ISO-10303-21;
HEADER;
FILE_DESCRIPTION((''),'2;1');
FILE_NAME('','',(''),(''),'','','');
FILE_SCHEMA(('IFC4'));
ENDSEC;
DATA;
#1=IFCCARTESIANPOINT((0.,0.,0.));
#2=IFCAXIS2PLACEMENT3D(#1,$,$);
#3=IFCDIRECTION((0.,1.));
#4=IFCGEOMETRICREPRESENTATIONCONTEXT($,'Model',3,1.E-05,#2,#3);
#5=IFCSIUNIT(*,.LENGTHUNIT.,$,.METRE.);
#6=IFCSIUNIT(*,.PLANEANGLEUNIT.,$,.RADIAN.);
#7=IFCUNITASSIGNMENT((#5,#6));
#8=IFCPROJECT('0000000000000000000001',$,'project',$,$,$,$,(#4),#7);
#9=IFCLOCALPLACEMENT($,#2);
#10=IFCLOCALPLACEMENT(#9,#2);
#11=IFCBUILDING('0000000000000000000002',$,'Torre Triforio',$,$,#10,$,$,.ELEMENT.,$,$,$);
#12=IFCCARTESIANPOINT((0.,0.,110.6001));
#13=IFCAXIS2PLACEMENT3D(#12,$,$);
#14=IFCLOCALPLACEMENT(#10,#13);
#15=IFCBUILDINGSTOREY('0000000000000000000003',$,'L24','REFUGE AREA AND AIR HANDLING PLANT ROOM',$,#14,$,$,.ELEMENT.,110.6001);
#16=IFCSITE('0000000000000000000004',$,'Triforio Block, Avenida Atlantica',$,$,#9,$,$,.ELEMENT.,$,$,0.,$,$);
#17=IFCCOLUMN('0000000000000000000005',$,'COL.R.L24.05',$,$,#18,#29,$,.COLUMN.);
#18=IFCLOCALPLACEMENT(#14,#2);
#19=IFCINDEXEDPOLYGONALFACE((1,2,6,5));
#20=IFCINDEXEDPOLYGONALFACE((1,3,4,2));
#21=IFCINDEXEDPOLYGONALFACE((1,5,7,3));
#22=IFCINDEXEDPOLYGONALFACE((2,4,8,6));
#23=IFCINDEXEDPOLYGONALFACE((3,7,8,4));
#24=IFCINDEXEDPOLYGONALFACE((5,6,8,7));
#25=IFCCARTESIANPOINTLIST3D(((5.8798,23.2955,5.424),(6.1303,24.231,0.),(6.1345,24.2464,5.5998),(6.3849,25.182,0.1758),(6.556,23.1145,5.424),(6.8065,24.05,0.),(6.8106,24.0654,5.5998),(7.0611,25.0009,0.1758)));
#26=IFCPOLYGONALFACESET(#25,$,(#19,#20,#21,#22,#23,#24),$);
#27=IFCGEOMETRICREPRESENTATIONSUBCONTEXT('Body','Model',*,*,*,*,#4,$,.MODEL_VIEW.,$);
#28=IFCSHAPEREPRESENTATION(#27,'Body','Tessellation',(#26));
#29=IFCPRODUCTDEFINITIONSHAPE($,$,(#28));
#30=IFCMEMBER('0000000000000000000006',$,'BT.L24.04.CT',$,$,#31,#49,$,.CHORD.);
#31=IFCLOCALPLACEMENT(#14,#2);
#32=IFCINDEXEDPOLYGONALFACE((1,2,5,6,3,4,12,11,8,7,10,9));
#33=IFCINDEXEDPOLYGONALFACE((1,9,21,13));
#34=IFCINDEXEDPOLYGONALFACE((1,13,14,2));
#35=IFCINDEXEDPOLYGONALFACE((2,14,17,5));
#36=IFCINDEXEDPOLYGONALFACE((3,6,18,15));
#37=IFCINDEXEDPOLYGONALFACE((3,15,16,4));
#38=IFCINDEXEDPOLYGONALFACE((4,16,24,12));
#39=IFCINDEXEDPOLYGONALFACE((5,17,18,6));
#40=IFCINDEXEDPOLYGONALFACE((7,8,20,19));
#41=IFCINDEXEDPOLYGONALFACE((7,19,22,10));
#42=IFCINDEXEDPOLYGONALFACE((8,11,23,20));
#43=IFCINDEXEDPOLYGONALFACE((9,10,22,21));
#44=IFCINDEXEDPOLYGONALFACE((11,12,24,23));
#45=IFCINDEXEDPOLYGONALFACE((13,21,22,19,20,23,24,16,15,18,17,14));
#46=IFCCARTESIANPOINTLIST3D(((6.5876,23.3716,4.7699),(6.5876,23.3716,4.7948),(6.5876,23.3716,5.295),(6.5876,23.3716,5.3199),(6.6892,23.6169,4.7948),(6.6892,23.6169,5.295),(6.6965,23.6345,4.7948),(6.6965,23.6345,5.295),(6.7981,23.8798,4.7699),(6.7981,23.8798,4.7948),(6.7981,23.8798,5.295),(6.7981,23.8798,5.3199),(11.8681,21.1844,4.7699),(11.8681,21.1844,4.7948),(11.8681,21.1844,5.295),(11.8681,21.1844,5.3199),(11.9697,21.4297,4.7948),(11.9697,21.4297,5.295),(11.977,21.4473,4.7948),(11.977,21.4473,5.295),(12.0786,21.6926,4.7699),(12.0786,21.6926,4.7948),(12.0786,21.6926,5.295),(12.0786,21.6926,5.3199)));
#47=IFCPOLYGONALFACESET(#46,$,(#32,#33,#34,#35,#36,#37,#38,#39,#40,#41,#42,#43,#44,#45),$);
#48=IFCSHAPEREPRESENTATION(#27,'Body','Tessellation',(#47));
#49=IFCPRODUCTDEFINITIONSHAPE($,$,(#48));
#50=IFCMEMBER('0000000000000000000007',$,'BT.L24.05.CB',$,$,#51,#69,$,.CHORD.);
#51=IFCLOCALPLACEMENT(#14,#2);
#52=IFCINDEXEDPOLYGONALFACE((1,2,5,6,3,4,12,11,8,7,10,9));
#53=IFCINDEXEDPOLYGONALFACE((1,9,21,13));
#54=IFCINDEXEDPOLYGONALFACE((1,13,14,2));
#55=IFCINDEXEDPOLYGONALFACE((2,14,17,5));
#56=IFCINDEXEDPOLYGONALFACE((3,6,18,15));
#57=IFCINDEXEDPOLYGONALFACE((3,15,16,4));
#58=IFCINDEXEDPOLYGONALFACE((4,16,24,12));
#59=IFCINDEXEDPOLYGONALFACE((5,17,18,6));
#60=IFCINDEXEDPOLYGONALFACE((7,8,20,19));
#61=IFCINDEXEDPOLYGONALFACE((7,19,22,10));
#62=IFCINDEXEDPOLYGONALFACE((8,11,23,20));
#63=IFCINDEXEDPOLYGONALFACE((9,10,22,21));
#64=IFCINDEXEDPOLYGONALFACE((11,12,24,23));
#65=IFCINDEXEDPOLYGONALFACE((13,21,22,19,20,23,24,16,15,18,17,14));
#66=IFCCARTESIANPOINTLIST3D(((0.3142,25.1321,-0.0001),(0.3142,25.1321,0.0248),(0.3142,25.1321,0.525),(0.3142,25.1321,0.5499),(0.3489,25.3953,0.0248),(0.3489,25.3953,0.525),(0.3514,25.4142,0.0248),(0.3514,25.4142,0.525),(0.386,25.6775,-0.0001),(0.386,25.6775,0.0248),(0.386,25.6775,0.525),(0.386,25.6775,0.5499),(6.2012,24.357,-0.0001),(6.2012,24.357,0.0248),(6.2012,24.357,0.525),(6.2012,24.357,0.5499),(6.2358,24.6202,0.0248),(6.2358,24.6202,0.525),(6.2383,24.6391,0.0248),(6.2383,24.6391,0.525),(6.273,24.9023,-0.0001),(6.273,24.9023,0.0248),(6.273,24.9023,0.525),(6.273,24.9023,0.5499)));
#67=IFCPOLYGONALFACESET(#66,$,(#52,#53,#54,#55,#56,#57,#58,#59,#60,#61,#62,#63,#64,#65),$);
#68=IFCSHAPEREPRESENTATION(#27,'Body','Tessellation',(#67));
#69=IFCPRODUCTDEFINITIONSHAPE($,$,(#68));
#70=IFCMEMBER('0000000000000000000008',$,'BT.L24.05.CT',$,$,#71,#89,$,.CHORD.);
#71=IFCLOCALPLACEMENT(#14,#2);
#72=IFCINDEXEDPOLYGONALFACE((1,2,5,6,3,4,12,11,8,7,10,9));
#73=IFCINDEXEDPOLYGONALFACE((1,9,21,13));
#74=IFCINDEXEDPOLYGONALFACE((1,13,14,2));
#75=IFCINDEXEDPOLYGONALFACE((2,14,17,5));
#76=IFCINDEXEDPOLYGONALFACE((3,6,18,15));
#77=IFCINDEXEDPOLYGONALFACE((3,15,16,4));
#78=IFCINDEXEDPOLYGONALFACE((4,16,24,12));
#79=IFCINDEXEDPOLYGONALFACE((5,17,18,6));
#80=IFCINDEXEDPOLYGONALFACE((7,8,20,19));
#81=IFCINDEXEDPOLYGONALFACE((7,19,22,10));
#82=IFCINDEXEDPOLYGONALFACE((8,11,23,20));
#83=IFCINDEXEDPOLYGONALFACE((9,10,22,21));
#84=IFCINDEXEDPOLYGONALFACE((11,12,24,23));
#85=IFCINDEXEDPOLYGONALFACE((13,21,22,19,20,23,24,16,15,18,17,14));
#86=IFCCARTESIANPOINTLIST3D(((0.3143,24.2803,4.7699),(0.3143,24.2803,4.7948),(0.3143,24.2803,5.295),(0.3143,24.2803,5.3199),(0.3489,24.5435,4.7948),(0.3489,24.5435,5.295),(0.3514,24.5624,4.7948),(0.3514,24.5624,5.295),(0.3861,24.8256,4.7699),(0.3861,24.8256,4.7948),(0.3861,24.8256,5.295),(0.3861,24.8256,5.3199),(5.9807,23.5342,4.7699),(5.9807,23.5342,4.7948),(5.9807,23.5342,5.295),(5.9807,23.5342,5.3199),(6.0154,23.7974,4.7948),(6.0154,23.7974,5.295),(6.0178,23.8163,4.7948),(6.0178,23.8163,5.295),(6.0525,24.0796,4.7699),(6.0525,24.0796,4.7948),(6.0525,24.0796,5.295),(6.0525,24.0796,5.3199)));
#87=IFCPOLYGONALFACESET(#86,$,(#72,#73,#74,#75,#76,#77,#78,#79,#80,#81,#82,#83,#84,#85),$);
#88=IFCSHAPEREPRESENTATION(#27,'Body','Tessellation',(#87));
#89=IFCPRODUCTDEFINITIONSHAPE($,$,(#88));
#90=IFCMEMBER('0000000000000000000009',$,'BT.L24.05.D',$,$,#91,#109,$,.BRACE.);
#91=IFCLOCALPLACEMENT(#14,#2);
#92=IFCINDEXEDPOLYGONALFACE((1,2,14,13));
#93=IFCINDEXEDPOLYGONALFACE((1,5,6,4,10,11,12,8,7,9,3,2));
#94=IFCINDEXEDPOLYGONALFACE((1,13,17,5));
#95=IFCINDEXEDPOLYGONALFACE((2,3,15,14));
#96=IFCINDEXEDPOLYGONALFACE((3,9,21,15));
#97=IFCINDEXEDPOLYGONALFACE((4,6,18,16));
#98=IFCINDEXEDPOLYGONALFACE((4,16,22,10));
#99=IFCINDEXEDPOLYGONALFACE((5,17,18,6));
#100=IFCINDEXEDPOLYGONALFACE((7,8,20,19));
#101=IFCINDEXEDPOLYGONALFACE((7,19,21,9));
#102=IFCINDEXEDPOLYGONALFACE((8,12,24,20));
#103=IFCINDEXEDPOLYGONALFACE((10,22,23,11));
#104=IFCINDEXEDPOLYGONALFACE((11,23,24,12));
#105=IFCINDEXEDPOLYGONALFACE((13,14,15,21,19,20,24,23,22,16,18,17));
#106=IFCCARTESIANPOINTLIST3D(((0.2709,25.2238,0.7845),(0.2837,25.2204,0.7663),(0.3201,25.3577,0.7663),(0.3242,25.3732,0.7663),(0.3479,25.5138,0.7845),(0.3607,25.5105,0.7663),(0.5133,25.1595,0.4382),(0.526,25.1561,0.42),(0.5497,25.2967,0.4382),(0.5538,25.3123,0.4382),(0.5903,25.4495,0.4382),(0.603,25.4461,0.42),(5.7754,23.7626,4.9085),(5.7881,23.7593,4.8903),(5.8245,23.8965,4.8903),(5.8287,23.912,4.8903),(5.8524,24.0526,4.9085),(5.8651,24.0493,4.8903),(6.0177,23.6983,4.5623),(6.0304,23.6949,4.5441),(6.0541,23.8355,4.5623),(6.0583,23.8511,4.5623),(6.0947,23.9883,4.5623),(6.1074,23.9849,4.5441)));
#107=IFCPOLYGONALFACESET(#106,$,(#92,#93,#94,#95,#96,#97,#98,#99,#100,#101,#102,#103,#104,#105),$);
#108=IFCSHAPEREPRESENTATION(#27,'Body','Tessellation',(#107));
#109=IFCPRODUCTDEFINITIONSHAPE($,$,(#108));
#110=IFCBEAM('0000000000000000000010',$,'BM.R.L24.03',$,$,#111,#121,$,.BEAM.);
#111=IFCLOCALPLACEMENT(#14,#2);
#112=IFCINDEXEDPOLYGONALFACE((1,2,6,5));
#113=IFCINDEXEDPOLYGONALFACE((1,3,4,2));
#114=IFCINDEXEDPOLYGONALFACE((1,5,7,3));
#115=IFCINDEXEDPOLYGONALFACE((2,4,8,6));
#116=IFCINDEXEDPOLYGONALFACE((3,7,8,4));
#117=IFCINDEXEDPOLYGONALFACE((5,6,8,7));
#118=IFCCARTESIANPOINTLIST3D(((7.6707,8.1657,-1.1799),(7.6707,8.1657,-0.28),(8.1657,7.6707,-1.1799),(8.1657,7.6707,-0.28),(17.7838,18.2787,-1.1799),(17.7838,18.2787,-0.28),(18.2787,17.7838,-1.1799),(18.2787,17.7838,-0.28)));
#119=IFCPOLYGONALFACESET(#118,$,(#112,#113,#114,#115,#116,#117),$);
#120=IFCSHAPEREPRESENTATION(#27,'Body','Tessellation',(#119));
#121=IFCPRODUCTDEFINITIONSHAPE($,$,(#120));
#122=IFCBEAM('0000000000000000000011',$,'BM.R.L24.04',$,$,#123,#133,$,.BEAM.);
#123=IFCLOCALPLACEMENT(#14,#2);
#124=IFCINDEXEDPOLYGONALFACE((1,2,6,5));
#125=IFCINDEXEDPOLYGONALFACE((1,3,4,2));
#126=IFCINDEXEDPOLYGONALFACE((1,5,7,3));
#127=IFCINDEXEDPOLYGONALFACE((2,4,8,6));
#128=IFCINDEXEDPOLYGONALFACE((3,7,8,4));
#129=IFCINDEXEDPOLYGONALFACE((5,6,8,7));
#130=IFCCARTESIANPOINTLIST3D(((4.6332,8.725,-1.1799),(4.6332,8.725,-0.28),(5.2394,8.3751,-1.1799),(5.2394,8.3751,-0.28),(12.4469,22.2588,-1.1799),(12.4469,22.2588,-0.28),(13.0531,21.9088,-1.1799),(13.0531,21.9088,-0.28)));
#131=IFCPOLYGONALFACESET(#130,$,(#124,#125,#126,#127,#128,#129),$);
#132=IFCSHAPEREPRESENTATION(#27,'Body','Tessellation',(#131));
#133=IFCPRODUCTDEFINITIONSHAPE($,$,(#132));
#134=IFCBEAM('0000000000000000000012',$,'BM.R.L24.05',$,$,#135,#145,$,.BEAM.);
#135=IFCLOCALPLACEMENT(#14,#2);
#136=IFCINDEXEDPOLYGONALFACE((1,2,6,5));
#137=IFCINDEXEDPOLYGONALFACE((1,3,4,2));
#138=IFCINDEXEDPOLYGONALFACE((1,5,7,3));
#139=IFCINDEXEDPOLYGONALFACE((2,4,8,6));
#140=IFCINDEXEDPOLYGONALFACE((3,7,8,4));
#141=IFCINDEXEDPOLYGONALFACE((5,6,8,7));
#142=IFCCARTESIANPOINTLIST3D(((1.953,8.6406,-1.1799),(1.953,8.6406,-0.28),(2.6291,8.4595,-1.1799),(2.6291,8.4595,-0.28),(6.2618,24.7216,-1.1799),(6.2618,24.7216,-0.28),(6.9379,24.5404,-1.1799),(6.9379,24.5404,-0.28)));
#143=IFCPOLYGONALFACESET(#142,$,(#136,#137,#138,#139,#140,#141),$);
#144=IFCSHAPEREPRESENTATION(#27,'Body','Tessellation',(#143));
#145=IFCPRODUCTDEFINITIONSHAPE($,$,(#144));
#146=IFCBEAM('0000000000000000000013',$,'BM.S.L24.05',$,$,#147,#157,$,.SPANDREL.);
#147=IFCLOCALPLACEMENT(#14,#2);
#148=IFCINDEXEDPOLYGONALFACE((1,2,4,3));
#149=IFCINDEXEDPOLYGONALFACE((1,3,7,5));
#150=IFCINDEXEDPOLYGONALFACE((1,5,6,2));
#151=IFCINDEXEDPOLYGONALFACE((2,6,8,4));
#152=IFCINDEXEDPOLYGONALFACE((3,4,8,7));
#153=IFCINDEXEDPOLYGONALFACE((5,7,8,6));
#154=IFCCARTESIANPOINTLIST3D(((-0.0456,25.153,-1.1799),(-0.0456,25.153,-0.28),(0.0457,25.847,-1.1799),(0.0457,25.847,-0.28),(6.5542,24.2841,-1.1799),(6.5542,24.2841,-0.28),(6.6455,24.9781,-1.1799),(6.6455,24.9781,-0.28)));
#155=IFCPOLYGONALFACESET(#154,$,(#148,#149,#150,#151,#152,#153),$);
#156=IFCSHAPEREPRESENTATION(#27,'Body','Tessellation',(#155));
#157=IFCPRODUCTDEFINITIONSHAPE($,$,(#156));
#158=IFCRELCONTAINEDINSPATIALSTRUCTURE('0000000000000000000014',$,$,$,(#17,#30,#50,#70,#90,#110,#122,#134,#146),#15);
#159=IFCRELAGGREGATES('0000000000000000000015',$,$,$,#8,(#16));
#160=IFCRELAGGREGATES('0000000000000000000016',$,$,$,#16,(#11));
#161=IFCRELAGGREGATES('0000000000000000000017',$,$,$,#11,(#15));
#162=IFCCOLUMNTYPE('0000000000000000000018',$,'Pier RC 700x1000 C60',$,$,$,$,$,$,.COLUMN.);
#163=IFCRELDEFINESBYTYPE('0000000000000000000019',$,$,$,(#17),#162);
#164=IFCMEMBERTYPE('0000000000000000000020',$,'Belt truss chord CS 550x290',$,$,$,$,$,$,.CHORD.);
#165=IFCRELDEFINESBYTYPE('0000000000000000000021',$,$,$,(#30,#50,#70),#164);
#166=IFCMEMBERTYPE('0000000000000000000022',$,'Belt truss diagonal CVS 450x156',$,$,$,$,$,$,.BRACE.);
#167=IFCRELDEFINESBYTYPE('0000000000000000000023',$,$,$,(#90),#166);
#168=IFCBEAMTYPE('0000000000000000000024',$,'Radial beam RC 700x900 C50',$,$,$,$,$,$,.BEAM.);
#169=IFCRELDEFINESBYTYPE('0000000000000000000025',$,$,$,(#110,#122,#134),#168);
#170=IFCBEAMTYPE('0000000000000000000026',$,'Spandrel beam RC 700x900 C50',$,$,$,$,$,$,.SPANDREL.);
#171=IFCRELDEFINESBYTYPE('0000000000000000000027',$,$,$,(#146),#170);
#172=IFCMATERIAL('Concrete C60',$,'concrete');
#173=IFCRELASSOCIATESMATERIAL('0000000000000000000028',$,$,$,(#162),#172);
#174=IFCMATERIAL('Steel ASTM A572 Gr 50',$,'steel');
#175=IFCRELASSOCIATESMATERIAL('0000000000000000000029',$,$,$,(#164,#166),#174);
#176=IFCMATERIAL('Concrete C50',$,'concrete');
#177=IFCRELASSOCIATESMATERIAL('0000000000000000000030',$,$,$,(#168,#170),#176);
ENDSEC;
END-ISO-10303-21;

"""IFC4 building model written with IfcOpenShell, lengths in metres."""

from ifc_helpers import new_model, si_unit, direction, frame, origin, origin_2d, place, context, subcontext, project, spatial, rectangle, i_section, extrude, material, material_profile, profile_set, type_object, element, save


model = new_model("IFC4")

# Units and contexts
model_context = context("Model", 3, precision=1e-05, world=origin(), true_north=direction((0.0, 1.0)))
body_context = subcontext(model_context, "Body", "Model", "MODEL_VIEW")
ifc_project = project(units=[si_unit("LENGTHUNIT", "METRE"), si_unit("PLANEANGLEUNIT", "RADIAN")], contexts=[model_context])

# Site, building, storey
site_placement = place(None, origin())
site = spatial("IfcSite", under=ifc_project, at=site_placement, Name="Triforio Block, Avenida Atlantica", CompositionType="ELEMENT", RefElevation=0.0)
building_placement = place(site_placement, origin())
building = spatial("IfcBuilding", under=site, at=building_placement, Name="Torre Triforio", CompositionType="ELEMENT")
storey_placement = place(building_placement, frame((0.0, 0.0, 110.6001)))
storey = spatial("IfcBuildingStorey", under=building, at=storey_placement, Name="L24", Description="REFUGE AREA AND AIR HANDLING PLANT ROOM", CompositionType="ELEMENT", Elevation=110.6001)

# Column
ifc_material_1 = material(Name="Concrete C60", Category="concrete")
ifc_material_profile_1 = material_profile(ifc_material_1, rectangle(XDim=0.7, YDim=1.0, at=origin_2d()), Name="RC 700x1000")
ifc_profile_set_1 = profile_set([ifc_material_profile_1], Name="Concrete C60")
column_type = type_object("IfcColumnType", Name="Pier RC 700x1000 C60", PredefinedType="COLUMN", material=ifc_profile_set_1)
column_placement = place(storey_placement, frame((6.5957, 24.616, 0.0879), z_axis=(-0.045462, -0.169795, 0.98443), x_axis=(0.965975, -0.258635, 0.0)))
element("IfcColumn", 1, at=column_placement, inside=storey, type_object=column_type, Name="COL.R.L24.05", PredefinedType="COLUMN", context=body_context, shape_type="SweptSolid", body=[
    extrude(rectangle(XDim=0.7, YDim=1.0, at=origin_2d()), origin(), (0.0, 0.0, 1.0), 5.5098),
])

# Members
ifc_material_2 = material(Name="Steel ASTM A572 Gr 50", Category="steel")
ifc_material_profile_2 = material_profile(ifc_material_2, i_section(OverallWidth=0.55, OverallDepth=0.55, WebThickness=0.019, FlangeThickness=0.0249, at=origin_2d()), Name="CS 550x290")
ifc_profile_set_2 = profile_set([ifc_material_profile_2], Name="Steel ASTM A572 Gr 50")
member_type_1 = type_object("IfcMemberType", Name="Belt truss chord CS 550x290", PredefinedType="CHORD", material=ifc_profile_set_2)
member_1_placement = place(storey_placement, frame((11.9734, 21.4385, 5.0449), z_axis=(-0.92388, 0.382683, 0.0), x_axis=(-0.382683, -0.92388, 0.0)))
element("IfcMember", 2, at=member_1_placement, inside=storey, type_object=member_type_1, Name="BT.L24.04.CT", PredefinedType="CHORD", context=body_context, shape_type="SweptSolid", body=[
    extrude(i_section(OverallWidth=0.55, OverallDepth=0.55, WebThickness=0.019, FlangeThickness=0.0249, at=origin_2d()), origin(), (0.0, 0.0, 1.0), 5.7156),
])
member_2_placement = place(storey_placement, frame((6.2371, 24.6296, 0.2749), z_axis=(-0.991442, 0.130545, 0.0), x_axis=(-0.130545, -0.991442, 0.0)))
element("IfcMember", 3, at=member_2_placement, inside=storey, type_object=member_type_1, Name="BT.L24.05.CB", PredefinedType="CHORD", context=body_context, shape_type="SweptSolid", body=[
    extrude(i_section(OverallWidth=0.55, OverallDepth=0.55, WebThickness=0.019, FlangeThickness=0.0249, at=origin_2d()), origin(), (0.0, 0.0, 1.0), 5.9377),
])
member_3_placement = place(storey_placement, frame((6.0166, 23.8069, 5.0449), z_axis=(-0.991443, 0.130541, 0.0), x_axis=(-0.130541, -0.991443, 0.0)))
element("IfcMember", 4, at=member_3_placement, inside=storey, type_object=member_type_1, Name="BT.L24.05.CT", PredefinedType="CHORD", context=body_context, shape_type="SweptSolid", body=[
    extrude(i_section(OverallWidth=0.55, OverallDepth=0.55, WebThickness=0.019, FlangeThickness=0.0249, at=origin_2d()), origin(), (0.0, 0.0, 1.0), 5.7153),
])
ifc_material_profile_3 = material_profile(ifc_material_2, i_section(OverallWidth=0.3, OverallDepth=0.45, WebThickness=0.0161, FlangeThickness=0.0225, at=origin_2d()), Name="CVS 450x156")
ifc_profile_set_3 = profile_set([ifc_material_profile_3], Name="Steel ASTM A572 Gr 50")
member_type_2 = type_object("IfcMemberType", Name="Belt truss diagonal CVS 450x156", PredefinedType="BRACE", material=ifc_profile_set_3)
member_4_placement = place(storey_placement, frame((5.9414, 23.8738, 4.7263), z_axis=(-0.782827, 0.207807, -0.586513), x_axis=(-0.256571, -0.966525, 0.0)))
element("IfcMember", 5, at=member_4_placement, inside=storey, type_object=member_type_2, Name="BT.L24.05.D", PredefinedType="BRACE", context=body_context, shape_type="SweptSolid", body=[
    extrude(i_section(OverallWidth=0.3, OverallDepth=0.45, WebThickness=0.0161, FlangeThickness=0.0225, at=origin_2d()), origin(), (0.0, 0.0, 1.0), 7.0315),
])

# Beams
ifc_material_3 = material(Name="Concrete C50", Category="concrete")
ifc_material_profile_4 = material_profile(ifc_material_3, rectangle(XDim=0.7, YDim=0.8999, at=origin_2d()), Name="RC 700x900")
ifc_profile_set_4 = profile_set([ifc_material_profile_4], Name="Concrete C50")
beam_type_1 = type_object("IfcBeamType", Name="Radial beam RC 700x900 C50", PredefinedType="BEAM", material=ifc_profile_set_4)
beam_1_placement = place(storey_placement, frame((7.9182, 7.9182, -0.73), z_axis=(0.707107, 0.707107, 0.0), x_axis=(-0.707107, 0.707107, 0.0)))
element("IfcBeam", 6, at=beam_1_placement, inside=storey, type_object=beam_type_1, Name="BM.R.L24.03", PredefinedType="BEAM", context=body_context, shape_type="SweptSolid", body=[
    extrude(rectangle(XDim=0.7, YDim=0.8999, at=origin_2d()), origin(), (0.0, 0.0, 1.0), 14.302),
])
beam_2_placement = place(storey_placement, frame((4.9363, 8.55, -0.73), z_axis=(0.500002, 0.866024, 0.0), x_axis=(-0.866024, 0.500002, 0.0)))
element("IfcBeam", 7, at=beam_2_placement, inside=storey, type_object=beam_type_1, Name="BM.R.L24.04", PredefinedType="BEAM", context=body_context, shape_type="SweptSolid", body=[
    extrude(rectangle(XDim=0.7, YDim=0.8999, at=origin_2d()), origin(), (0.0, 0.0, 1.0), 15.6274),
])
beam_3_placement = place(storey_placement, frame((2.291, 8.55, -0.73), z_axis=(0.258815, 0.965927, 0.0), x_axis=(-0.965927, 0.258815, 0.0)))
element("IfcBeam", 8, at=beam_3_placement, inside=storey, type_object=beam_type_1, Name="BM.R.L24.05", PredefinedType="BEAM", context=body_context, shape_type="SweptSolid", body=[
    extrude(rectangle(XDim=0.7, YDim=0.8999, at=origin_2d()), origin(), (0.0, 0.0, 1.0), 16.6482),
])
ifc_material_profile_5 = material_profile(ifc_material_3, rectangle(XDim=0.7, YDim=0.8999, at=origin_2d()), Name="RC 700x900")
ifc_profile_set_5 = profile_set([ifc_material_profile_5], Name="Concrete C50")
beam_type_2 = type_object("IfcBeamType", Name="Spandrel beam RC 700x900 C50", PredefinedType="SPANDREL", material=ifc_profile_set_5)
beam_4_placement = place(storey_placement, frame((6.5999, 24.6311, -0.73), z_axis=(-0.991445, 0.130528, 0.0), x_axis=(-0.130528, -0.991445, 0.0)))
element("IfcBeam", 9, at=beam_4_placement, inside=storey, type_object=beam_type_2, Name="BM.S.L24.05", PredefinedType="SPANDREL", context=body_context, shape_type="SweptSolid", body=[
    extrude(rectangle(XDim=0.7, YDim=0.8999, at=origin_2d()), origin(), (0.0, 0.0, 1.0), 6.6567),
])

save(model, "model.ifc")
